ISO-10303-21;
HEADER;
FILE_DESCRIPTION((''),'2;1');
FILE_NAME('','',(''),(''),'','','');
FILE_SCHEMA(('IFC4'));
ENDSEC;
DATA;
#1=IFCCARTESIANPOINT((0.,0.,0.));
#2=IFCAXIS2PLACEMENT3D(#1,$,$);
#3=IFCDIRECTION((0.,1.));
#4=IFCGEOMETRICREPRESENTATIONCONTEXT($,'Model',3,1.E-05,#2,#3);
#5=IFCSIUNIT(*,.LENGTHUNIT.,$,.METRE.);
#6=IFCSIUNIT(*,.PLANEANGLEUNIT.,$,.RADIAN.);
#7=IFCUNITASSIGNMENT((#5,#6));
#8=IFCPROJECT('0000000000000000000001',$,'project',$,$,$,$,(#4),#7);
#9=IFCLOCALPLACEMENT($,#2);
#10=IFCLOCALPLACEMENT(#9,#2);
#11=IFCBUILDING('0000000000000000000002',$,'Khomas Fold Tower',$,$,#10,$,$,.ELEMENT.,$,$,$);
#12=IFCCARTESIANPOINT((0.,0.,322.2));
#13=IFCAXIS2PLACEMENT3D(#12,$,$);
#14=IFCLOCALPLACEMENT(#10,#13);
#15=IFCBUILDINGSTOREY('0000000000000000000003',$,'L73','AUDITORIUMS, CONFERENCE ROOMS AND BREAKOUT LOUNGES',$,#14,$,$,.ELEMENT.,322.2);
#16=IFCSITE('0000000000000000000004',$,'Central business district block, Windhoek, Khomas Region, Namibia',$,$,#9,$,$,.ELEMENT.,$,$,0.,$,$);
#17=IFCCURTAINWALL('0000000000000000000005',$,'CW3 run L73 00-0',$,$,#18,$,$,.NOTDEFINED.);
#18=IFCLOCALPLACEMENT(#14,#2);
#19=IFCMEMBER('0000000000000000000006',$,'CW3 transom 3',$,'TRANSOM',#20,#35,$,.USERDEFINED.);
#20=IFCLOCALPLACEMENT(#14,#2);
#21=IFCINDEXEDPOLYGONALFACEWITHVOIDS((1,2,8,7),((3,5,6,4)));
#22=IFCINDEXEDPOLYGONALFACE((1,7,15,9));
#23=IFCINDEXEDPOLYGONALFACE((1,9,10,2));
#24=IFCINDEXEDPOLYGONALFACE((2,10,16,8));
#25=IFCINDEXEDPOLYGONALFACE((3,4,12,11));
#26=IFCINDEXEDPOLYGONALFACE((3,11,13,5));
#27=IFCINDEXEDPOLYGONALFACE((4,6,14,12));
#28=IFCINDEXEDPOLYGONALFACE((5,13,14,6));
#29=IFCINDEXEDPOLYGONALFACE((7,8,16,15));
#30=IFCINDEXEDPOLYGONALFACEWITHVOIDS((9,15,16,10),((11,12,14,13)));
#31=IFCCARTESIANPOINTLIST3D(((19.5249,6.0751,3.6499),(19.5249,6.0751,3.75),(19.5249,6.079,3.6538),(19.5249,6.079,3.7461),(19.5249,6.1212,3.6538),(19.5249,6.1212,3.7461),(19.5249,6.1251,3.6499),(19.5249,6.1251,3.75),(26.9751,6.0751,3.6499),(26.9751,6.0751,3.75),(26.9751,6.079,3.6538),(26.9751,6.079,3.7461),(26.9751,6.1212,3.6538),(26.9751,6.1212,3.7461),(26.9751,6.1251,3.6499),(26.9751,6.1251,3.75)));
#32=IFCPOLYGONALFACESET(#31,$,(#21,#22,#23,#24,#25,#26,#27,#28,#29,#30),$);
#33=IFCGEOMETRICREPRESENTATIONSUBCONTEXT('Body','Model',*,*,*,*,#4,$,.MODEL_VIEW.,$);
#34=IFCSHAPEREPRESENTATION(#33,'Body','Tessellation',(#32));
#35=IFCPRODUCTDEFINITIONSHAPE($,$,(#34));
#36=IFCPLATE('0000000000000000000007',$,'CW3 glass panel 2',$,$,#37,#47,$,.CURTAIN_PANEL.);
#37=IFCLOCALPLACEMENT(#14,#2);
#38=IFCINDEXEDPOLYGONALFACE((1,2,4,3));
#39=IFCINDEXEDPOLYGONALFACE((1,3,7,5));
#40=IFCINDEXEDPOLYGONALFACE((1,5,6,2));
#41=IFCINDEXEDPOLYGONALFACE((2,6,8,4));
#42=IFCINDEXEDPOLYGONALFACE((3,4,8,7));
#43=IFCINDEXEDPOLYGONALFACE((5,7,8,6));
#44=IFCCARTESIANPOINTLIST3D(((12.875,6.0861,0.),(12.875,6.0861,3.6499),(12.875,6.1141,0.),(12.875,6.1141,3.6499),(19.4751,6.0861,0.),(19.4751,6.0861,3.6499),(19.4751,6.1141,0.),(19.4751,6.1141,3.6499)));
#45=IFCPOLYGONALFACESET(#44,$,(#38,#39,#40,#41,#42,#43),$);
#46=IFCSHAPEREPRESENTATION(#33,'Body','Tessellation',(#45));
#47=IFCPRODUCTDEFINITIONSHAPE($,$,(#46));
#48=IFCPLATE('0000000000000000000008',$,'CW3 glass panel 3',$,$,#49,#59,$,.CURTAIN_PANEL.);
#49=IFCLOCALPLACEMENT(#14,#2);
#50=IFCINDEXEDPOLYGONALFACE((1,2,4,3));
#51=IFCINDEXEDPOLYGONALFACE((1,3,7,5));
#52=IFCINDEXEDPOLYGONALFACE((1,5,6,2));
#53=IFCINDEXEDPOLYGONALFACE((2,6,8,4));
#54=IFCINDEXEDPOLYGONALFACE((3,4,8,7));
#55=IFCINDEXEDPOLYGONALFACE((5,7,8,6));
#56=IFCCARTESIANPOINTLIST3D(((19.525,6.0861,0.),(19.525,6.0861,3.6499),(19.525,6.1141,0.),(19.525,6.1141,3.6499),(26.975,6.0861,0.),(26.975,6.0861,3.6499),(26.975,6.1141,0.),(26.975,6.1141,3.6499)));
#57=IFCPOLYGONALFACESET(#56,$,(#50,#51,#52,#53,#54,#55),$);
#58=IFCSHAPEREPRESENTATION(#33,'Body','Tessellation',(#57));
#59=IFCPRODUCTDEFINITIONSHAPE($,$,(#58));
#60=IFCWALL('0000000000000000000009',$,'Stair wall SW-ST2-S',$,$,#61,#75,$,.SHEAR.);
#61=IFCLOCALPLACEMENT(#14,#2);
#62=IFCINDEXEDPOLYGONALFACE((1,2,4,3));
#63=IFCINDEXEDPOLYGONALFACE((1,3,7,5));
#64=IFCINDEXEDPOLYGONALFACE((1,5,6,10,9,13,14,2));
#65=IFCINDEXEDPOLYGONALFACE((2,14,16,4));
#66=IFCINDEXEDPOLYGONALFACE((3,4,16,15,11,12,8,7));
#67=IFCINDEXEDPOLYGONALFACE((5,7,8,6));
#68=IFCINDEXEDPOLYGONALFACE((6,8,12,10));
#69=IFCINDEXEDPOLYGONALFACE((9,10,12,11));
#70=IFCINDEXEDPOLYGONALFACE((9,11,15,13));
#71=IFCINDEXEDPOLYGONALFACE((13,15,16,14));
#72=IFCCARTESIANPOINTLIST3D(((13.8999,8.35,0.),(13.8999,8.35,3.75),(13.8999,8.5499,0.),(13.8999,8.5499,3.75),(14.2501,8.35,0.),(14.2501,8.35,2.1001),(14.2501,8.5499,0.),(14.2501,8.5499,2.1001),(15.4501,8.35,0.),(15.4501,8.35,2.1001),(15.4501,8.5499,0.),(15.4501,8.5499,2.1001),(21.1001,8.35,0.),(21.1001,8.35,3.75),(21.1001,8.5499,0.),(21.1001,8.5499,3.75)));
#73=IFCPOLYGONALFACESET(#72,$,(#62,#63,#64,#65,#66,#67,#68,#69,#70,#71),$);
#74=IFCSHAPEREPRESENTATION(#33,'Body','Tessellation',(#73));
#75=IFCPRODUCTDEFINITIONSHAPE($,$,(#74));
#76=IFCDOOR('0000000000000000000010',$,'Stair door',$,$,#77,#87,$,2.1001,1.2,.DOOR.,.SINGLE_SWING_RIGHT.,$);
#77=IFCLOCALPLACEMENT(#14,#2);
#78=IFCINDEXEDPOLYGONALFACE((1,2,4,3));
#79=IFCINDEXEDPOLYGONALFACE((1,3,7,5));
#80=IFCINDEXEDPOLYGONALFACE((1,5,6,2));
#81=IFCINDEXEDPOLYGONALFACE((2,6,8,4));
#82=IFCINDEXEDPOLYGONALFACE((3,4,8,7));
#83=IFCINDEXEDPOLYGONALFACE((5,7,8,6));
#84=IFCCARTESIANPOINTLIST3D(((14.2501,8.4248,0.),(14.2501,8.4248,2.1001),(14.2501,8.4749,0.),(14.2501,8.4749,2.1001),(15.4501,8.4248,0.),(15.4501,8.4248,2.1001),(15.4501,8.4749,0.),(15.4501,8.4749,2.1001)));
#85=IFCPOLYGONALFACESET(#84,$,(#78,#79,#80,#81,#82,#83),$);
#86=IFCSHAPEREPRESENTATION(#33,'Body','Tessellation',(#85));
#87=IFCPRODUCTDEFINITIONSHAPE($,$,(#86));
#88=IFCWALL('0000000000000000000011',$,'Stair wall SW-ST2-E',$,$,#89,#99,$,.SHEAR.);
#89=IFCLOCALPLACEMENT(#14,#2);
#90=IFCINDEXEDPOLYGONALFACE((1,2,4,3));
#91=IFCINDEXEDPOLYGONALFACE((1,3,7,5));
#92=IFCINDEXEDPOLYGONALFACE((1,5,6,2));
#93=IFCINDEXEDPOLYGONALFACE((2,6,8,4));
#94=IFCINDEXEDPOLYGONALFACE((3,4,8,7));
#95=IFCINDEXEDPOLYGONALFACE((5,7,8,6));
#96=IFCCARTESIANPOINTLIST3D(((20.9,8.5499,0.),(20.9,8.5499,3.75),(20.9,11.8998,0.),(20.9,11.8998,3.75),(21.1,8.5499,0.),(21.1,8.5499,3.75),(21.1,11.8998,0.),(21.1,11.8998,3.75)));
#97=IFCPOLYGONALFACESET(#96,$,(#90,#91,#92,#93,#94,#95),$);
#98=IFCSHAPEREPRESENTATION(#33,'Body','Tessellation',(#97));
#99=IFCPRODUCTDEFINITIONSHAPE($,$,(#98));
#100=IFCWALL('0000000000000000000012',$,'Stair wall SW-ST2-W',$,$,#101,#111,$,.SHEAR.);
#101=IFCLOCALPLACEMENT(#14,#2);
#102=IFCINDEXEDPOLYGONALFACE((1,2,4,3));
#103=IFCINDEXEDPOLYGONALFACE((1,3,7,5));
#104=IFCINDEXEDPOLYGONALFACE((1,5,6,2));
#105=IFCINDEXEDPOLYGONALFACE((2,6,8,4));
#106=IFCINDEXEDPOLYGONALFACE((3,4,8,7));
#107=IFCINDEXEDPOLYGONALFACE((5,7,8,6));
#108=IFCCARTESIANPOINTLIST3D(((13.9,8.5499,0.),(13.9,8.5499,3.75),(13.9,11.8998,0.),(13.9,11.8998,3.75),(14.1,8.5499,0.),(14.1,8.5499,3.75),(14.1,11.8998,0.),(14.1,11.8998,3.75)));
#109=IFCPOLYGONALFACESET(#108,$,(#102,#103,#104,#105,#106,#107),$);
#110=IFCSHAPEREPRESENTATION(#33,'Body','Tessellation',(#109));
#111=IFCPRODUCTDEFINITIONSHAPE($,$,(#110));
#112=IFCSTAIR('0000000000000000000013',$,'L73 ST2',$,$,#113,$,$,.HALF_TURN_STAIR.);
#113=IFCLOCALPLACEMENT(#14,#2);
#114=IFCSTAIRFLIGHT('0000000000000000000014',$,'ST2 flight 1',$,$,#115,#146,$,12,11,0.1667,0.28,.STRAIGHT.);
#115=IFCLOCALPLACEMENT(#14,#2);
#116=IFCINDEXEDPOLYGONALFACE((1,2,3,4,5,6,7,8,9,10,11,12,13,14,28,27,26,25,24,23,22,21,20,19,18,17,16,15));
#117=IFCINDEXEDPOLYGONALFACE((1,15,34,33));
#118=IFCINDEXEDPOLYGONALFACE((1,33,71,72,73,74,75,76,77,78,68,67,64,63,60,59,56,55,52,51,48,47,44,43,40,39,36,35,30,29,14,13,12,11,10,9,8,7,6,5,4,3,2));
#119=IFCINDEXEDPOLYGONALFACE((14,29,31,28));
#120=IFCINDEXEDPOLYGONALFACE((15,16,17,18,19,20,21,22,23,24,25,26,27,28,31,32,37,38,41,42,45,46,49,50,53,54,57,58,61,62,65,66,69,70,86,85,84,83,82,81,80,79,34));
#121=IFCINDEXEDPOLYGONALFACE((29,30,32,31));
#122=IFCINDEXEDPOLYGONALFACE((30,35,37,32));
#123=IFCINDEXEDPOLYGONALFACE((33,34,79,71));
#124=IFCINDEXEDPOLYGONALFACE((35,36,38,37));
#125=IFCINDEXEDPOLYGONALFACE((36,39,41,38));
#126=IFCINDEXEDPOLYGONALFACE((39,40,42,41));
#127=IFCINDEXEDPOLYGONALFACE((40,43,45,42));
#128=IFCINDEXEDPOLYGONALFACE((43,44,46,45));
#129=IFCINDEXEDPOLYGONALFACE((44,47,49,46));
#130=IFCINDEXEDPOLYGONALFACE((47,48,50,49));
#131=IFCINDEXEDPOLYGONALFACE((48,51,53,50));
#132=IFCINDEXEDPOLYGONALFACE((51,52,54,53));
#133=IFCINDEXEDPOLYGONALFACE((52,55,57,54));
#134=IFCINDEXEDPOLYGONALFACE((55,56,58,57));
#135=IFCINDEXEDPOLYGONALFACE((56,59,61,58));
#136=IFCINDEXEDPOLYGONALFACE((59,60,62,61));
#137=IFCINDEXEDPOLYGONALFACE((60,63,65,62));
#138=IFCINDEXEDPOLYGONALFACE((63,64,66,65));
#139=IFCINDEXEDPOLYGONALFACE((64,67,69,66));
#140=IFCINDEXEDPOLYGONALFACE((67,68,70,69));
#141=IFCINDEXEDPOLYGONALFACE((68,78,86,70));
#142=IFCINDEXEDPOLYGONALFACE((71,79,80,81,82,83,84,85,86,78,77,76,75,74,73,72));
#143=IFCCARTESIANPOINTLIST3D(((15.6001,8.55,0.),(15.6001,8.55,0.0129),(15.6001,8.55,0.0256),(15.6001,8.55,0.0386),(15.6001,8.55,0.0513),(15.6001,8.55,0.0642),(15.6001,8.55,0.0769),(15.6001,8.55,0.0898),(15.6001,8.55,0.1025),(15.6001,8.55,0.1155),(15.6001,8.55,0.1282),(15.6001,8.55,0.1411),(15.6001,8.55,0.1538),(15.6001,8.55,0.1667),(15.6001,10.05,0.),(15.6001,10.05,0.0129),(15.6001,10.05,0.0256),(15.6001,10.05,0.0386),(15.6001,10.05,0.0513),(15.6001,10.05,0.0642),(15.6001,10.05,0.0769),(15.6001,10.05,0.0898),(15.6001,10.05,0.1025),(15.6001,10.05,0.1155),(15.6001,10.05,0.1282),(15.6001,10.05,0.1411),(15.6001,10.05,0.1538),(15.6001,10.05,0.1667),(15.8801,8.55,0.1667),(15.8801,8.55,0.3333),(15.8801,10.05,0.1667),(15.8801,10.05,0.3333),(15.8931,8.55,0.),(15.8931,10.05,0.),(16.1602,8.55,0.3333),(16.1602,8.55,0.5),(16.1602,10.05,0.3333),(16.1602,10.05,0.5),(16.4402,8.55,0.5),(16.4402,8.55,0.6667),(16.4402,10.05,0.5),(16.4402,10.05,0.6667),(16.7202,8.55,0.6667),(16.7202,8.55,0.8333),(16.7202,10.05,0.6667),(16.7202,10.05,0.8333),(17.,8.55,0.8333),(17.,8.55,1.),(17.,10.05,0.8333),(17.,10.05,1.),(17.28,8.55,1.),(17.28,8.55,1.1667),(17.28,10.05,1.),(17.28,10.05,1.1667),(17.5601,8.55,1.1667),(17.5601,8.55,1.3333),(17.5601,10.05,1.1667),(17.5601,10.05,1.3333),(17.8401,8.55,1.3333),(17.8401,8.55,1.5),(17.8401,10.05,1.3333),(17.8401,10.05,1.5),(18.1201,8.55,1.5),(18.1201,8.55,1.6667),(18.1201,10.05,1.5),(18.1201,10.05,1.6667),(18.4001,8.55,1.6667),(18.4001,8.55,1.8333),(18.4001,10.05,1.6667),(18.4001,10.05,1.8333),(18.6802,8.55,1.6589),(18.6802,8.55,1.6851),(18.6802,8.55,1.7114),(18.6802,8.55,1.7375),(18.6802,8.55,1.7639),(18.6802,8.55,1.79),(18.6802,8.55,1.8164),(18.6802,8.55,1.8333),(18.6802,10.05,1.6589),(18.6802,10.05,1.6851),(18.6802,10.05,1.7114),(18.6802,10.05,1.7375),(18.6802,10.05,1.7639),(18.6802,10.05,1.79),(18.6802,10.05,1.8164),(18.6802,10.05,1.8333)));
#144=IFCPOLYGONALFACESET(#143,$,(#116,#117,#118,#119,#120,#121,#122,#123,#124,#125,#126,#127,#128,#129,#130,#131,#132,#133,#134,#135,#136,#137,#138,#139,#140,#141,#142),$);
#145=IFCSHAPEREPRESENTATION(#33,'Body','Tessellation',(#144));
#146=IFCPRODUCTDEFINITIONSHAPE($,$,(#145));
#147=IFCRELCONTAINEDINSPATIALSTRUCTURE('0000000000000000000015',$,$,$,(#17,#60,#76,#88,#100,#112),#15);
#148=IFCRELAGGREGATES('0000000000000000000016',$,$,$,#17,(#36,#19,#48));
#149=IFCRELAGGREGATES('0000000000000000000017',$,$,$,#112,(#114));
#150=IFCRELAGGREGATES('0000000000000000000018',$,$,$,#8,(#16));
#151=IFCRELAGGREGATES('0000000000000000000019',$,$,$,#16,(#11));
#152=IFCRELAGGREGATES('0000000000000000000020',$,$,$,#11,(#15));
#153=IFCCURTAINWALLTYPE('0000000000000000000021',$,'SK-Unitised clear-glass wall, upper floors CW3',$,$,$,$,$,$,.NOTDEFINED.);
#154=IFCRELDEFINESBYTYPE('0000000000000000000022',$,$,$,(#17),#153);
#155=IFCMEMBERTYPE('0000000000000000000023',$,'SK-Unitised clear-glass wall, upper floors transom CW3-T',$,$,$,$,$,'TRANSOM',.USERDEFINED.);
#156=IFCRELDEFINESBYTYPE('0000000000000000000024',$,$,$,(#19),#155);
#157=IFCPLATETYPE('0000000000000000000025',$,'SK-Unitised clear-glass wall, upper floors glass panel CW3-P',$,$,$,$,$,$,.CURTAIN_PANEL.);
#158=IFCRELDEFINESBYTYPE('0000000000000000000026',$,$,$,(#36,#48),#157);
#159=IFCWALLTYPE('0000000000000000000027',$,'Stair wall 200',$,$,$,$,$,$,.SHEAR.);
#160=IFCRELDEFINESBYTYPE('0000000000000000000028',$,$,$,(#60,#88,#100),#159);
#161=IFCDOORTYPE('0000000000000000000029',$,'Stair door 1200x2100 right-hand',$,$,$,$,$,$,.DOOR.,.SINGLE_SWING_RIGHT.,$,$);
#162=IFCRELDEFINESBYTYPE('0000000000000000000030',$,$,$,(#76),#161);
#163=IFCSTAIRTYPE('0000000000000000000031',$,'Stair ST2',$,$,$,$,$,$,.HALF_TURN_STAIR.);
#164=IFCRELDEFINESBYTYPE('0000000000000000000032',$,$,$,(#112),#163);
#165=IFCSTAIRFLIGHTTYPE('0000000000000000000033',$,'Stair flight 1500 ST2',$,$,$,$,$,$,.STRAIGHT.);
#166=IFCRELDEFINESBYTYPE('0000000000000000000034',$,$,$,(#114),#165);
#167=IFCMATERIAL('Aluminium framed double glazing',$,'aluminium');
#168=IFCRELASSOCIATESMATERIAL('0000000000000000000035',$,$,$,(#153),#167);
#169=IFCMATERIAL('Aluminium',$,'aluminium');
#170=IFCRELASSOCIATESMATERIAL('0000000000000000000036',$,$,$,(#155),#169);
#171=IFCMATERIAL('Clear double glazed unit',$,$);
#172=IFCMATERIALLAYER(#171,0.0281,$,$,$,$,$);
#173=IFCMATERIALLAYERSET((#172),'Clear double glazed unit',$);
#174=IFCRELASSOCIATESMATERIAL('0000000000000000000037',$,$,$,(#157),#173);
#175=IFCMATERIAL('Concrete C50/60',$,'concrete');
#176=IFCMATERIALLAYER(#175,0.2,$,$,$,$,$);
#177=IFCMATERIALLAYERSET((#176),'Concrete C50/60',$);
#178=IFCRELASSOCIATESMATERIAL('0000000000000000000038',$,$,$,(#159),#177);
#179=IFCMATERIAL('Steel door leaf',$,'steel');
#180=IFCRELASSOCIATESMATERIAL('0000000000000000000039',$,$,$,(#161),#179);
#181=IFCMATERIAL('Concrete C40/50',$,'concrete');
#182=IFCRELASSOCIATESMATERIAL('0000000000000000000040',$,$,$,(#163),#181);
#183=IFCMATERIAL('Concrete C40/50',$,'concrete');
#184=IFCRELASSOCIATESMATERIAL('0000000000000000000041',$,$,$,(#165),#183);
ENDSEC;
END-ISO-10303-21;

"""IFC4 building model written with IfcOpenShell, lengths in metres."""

from ifc_helpers import new_model, si_unit, direction, frame, frame_2d, origin, origin_2d, place, context, subcontext, project, spatial, polyline, rectangle, hollow_rectangle, outline, extrude, source, transform, mapped, material, layer, layer_set, material_profile, profile_set, type_object, element, fill, aggregate, save


model = new_model("IFC4")

# Units and contexts
model_context = context("Model", 3, precision=1e-05, world=origin(), true_north=direction((0.0, 1.0)))
body_context = subcontext(model_context, "Body", "Model", "MODEL_VIEW")
ifc_project = project(units=[si_unit("LENGTHUNIT", "METRE"), si_unit("PLANEANGLEUNIT", "RADIAN")], contexts=[model_context])

# Site, building, storey
site_placement = place(None, origin())
site = spatial("IfcSite", under=ifc_project, at=site_placement, Name="Central business district block, Windhoek, Khomas Region, Namibia", CompositionType="ELEMENT", RefElevation=0.0)
building_placement = place(site_placement, origin())
building = spatial("IfcBuilding", under=site, at=building_placement, Name="Khomas Fold Tower", CompositionType="ELEMENT")
storey_placement = place(building_placement, frame((0.0, 0.0, 322.2)))
storey = spatial("IfcBuildingStorey", under=building, at=storey_placement, Name="L73", Description="AUDITORIUMS, CONFERENCE ROOMS AND BREAKOUT LOUNGES", CompositionType="ELEMENT", Elevation=322.2)

# Curtain wall, member, plates
ifc_material_1 = material(Name="Aluminium framed double glazing", Category="aluminium")
curtain_wall_type = type_object("IfcCurtainWallType", Name="SK-Unitised clear-glass wall, upper floors CW3", PredefinedType="NOTDEFINED", material=ifc_material_1)
curtain_wall_placement = place(storey_placement, origin())
curtain_wall = element("IfcCurtainWall", 1, at=curtain_wall_placement, inside=storey, type_object=curtain_wall_type, Name="CW3 run L73 00-0", PredefinedType="NOTDEFINED")
ifc_material_2 = material(Name="Aluminium", Category="aluminium")
ifc_material_profile_1 = material_profile(ifc_material_2, hollow_rectangle(XDim=0.05, YDim=0.1001, WallThickness=0.0039, at=origin_2d()), Name="SK-Unitised clear-glass wall, upper floors transom CW3-T")
ifc_profile_set_1 = profile_set([ifc_material_profile_1], Name="Aluminium")
member_type_1 = type_object("IfcMemberType", Name="SK-Unitised clear-glass wall, upper floors transom CW3-T", ElementType="TRANSOM", PredefinedType="USERDEFINED", material=ifc_profile_set_1)
shared_shape_1 = source(origin(), body_context, "Body", "SweptSolid", [
    extrude(hollow_rectangle(XDim=0.05, YDim=0.1001, WallThickness=0.0039, at=origin_2d()), origin(), (0.0, 0.0, 1.0), 7.4502),
])
member_1_placement = place(storey_placement, frame((19.5249, 6.1001, 3.7), z_axis=(1.0, 0.0, 0.0), x_axis=(0.0, 1.0, 0.0)))
member_1 = element("IfcMember", 2, at=member_1_placement, type_object=member_type_1, Name="CW3 transom 3", ObjectType="TRANSOM", PredefinedType="USERDEFINED", context=body_context, shape_type="MappedRepresentation", body=[
    mapped(shared_shape_1, transform((0.0, 0.0, 0.0))),
])
ifc_material_3 = material(Name="Clear double glazed unit")
ifc_layer_1 = layer(ifc_material_3, 0.0281)
ifc_layer_set_1 = layer_set([ifc_layer_1], Name="Clear double glazed unit")
plate_type = type_object("IfcPlateType", Name="SK-Unitised clear-glass wall, upper floors glass panel CW3-P", PredefinedType="CURTAIN_PANEL", material=ifc_layer_set_1)
shared_shape_2 = source(origin(), body_context, "Body", "SweptSolid", [
    extrude(rectangle(XDim=6.6001, YDim=0.0281, at=origin_2d()), origin(), (0.0, 0.0, 1.0), 3.6499),
])
plate_1_placement = place(storey_placement, frame((16.175, 6.1001, 0.0), z_axis=(0.0, 0.0, 1.0), x_axis=(1.0, 0.0, 0.0)))
plate_1 = element("IfcPlate", 3, at=plate_1_placement, type_object=plate_type, Name="CW3 glass panel 2", PredefinedType="CURTAIN_PANEL", context=body_context, shape_type="MappedRepresentation", body=[
    mapped(shared_shape_2, transform((0.0, 0.0, 0.0))),
])
shared_shape_3 = source(origin(), body_context, "Body", "SweptSolid", [
    extrude(rectangle(XDim=7.45, YDim=0.0281, at=origin_2d()), origin(), (0.0, 0.0, 1.0), 3.6499),
])
plate_2_placement = place(storey_placement, frame((23.25, 6.1001, 0.0), z_axis=(0.0, 0.0, 1.0), x_axis=(1.0, 0.0, 0.0)))
plate_2 = element("IfcPlate", 4, at=plate_2_placement, type_object=plate_type, Name="CW3 glass panel 3", PredefinedType="CURTAIN_PANEL", context=body_context, shape_type="MappedRepresentation", body=[
    mapped(shared_shape_3, transform((0.0, 0.0, 0.0))),
])
aggregate(curtain_wall, [plate_1, member_1, plate_2])

# Wall, opening, door
ifc_material_4 = material(Name="Concrete C50/60", Category="concrete")
ifc_layer_2 = layer(ifc_material_4, 0.2)
ifc_layer_set_2 = layer_set([ifc_layer_2], Name="Concrete C50/60")
wall_type = type_object("IfcWallType", Name="Stair wall 200", PredefinedType="SHEAR", material=ifc_layer_set_2)
shared_shape_4 = source(origin(), body_context, "Body", "SweptSolid", [
    extrude(rectangle(XDim=7.2002, YDim=0.2, at=frame_2d((3.6001, 0.0))), origin(), (0.0, 0.0, 1.0), 3.75),
])
wall_placement = place(storey_placement, frame((13.8999, 8.45, 0.0), z_axis=(0.0, 0.0, 1.0), x_axis=(1.0, 0.0, 0.0)))
wall = element("IfcWall", 5, at=wall_placement, inside=storey, type_object=wall_type, Name="Stair wall SW-ST2-S", PredefinedType="SHEAR", context=body_context, shape_type="MappedRepresentation", body=[
    mapped(shared_shape_4, transform((0.0, 0.0, 0.0))),
])
shared_shape_5 = source(origin(), body_context, "Body", "SweptSolid", [
    extrude(rectangle(XDim=1.2, YDim=2.1001, at=frame_2d((0.6001, 1.05))), frame((0.0, 0.1099, 0.0), z_axis=(0.0, -1.0, 0.0), x_axis=(1.0, 0.0, 0.0)), (0.0, 0.0, 1.0), 0.22),
])
opening_placement = place(wall_placement, frame((0.3501, 0.0, 0.0)))
opening = element("IfcOpeningElement", 6, at=opening_placement, cuts=wall, PredefinedType="OPENING", context=body_context, shape_type="MappedRepresentation", body=[
    mapped(shared_shape_5, transform((0.0, 0.0, 0.0))),
])
ifc_material_5 = material(Name="Steel door leaf", Category="steel")
door_type = type_object("IfcDoorType", Name="Stair door 1200x2100 right-hand", OperationType="SINGLE_SWING_RIGHT", PredefinedType="DOOR", material=ifc_material_5)
shared_shape_6 = source(origin(), body_context, "Body", "SweptSolid", [
    extrude(rectangle(XDim=1.2, YDim=2.1001, at=frame_2d((0.6001, 1.05))), frame((0.0, 0.0249, 0.0), z_axis=(0.0, -1.0, 0.0), x_axis=(1.0, 0.0, 0.0)), (0.0, 0.0, 1.0), 0.05),
])
door_placement = place(opening_placement, origin())
door = element("IfcDoor", 7, at=door_placement, inside=storey, type_object=door_type, Name="Stair door", OperationType="SINGLE_SWING_RIGHT", OverallHeight=2.1001, OverallWidth=1.2, PredefinedType="DOOR", context=body_context, shape_type="MappedRepresentation", body=[
    mapped(shared_shape_6, transform((0.0, 0.0, 0.0))),
])
fill(opening, door)

# Walls
shared_shape_7 = source(origin(), body_context, "Body", "SweptSolid", [
    extrude(rectangle(XDim=3.3499, YDim=0.2, at=frame_2d((1.6748, 0.0))), origin(), (0.0, 0.0, 1.0), 3.75),
])
for number, where, z_axis, x_axis, name in (
    (8, (21.0, 8.55, 0.0), (0.0, 0.0, 1.0), (0.0, 1.0, 0.0), "Stair wall SW-ST2-E"),
    (9, (14.0, 8.55, 0.0), (0.0, 0.0, 1.0), (0.0, 1.0, 0.0), "Stair wall SW-ST2-W"),
):
    element("IfcWall", number, at=place(storey_placement, frame(where, z_axis=z_axis, x_axis=x_axis)), inside=storey, type_object=wall_type, Name=name, PredefinedType="SHEAR", context=body_context, shape_type="MappedRepresentation", body=[
        mapped(shared_shape_7, transform((0.0, 0.0, 0.0))),
    ])

# Stair, stair flight
ifc_material_6 = material(Name="Concrete C40/50", Category="concrete")
stair_type = type_object("IfcStairType", Name="Stair ST2", PredefinedType="HALF_TURN_STAIR", material=ifc_material_6)
stair_placement = place(storey_placement, origin())
stair = element("IfcStair", 10, at=stair_placement, inside=storey, type_object=stair_type, Name="L73 ST2", PredefinedType="HALF_TURN_STAIR")
ifc_material_7 = material(Name="Concrete C40/50", Category="concrete")
stair_flight_type = type_object("IfcStairFlightType", Name="Stair flight 1500 ST2", PredefinedType="STRAIGHT", material=ifc_material_7)
shared_shape_8 = source(origin(), body_context, "Body", "SweptSolid", [
    extrude(outline(polyline([(0.0, 0.0), (0.0, 0.0129), (0.0, 0.0256), (0.0, 0.0386), (0.0, 0.0513), (0.0, 0.0642), (0.0, 0.0769), (0.0, 0.0898), (0.0, 0.1025), (0.0, 0.1155), (0.0, 0.1282), (0.0, 0.1411), (0.0, 0.1538), (0.0, 0.1667), (0.28, 0.1667), (0.28, 0.3333), (0.5601, 0.3333), (0.5601, 0.5), (0.8401, 0.5), (0.8401, 0.6667), (1.1201, 0.6667), (1.1201, 0.8333), (1.3999, 0.8333), (1.3999, 1.0), (1.6799, 1.0), (1.6799, 1.1667), (1.96, 1.1667), (1.96, 1.3333), (2.24, 1.3333), (2.24, 1.5), (2.52, 1.5), (2.52, 1.6667), (2.8, 1.6667), (2.8, 1.8333), (3.0801, 1.8333), (3.0801, 2.0), (3.0801, 1.9739), (3.0801, 1.9475), (3.0801, 1.9214), (3.0801, 1.895), (3.0801, 1.8689), (3.0801, 1.8425), (3.0801, 1.8164), (3.0801, 1.79), (3.0801, 1.7639), (3.0801, 1.7375), (3.0801, 1.7114), (3.0801, 1.6851), (3.0801, 1.6589), (0.293, 0.0), (0.0, 0.0)])), frame((0.0, 0.75, 0.0), z_axis=(0.0, -1.0, 0.0), x_axis=(1.0, 0.0, 0.0)), (0.0, 0.0, 1.0), 1.5),
])
stair_flight_placement = place(storey_placement, frame((15.6001, 9.3, 0.0), z_axis=(0.0, 0.0, 1.0), x_axis=(1.0, 0.0, 0.0)))
stair_flight = element("IfcStairFlight", 11, at=stair_flight_placement, type_object=stair_flight_type, Name="ST2 flight 1", NumberOfRisers=12, NumberOfTreads=11, PredefinedType="STRAIGHT", RiserHeight=0.1667, TreadLength=0.28, context=body_context, shape_type="MappedRepresentation", body=[
    mapped(shared_shape_8, transform((0.0, 0.0, 0.0))),
])
aggregate(stair, [stair_flight])

save(model, "model.ifc")
